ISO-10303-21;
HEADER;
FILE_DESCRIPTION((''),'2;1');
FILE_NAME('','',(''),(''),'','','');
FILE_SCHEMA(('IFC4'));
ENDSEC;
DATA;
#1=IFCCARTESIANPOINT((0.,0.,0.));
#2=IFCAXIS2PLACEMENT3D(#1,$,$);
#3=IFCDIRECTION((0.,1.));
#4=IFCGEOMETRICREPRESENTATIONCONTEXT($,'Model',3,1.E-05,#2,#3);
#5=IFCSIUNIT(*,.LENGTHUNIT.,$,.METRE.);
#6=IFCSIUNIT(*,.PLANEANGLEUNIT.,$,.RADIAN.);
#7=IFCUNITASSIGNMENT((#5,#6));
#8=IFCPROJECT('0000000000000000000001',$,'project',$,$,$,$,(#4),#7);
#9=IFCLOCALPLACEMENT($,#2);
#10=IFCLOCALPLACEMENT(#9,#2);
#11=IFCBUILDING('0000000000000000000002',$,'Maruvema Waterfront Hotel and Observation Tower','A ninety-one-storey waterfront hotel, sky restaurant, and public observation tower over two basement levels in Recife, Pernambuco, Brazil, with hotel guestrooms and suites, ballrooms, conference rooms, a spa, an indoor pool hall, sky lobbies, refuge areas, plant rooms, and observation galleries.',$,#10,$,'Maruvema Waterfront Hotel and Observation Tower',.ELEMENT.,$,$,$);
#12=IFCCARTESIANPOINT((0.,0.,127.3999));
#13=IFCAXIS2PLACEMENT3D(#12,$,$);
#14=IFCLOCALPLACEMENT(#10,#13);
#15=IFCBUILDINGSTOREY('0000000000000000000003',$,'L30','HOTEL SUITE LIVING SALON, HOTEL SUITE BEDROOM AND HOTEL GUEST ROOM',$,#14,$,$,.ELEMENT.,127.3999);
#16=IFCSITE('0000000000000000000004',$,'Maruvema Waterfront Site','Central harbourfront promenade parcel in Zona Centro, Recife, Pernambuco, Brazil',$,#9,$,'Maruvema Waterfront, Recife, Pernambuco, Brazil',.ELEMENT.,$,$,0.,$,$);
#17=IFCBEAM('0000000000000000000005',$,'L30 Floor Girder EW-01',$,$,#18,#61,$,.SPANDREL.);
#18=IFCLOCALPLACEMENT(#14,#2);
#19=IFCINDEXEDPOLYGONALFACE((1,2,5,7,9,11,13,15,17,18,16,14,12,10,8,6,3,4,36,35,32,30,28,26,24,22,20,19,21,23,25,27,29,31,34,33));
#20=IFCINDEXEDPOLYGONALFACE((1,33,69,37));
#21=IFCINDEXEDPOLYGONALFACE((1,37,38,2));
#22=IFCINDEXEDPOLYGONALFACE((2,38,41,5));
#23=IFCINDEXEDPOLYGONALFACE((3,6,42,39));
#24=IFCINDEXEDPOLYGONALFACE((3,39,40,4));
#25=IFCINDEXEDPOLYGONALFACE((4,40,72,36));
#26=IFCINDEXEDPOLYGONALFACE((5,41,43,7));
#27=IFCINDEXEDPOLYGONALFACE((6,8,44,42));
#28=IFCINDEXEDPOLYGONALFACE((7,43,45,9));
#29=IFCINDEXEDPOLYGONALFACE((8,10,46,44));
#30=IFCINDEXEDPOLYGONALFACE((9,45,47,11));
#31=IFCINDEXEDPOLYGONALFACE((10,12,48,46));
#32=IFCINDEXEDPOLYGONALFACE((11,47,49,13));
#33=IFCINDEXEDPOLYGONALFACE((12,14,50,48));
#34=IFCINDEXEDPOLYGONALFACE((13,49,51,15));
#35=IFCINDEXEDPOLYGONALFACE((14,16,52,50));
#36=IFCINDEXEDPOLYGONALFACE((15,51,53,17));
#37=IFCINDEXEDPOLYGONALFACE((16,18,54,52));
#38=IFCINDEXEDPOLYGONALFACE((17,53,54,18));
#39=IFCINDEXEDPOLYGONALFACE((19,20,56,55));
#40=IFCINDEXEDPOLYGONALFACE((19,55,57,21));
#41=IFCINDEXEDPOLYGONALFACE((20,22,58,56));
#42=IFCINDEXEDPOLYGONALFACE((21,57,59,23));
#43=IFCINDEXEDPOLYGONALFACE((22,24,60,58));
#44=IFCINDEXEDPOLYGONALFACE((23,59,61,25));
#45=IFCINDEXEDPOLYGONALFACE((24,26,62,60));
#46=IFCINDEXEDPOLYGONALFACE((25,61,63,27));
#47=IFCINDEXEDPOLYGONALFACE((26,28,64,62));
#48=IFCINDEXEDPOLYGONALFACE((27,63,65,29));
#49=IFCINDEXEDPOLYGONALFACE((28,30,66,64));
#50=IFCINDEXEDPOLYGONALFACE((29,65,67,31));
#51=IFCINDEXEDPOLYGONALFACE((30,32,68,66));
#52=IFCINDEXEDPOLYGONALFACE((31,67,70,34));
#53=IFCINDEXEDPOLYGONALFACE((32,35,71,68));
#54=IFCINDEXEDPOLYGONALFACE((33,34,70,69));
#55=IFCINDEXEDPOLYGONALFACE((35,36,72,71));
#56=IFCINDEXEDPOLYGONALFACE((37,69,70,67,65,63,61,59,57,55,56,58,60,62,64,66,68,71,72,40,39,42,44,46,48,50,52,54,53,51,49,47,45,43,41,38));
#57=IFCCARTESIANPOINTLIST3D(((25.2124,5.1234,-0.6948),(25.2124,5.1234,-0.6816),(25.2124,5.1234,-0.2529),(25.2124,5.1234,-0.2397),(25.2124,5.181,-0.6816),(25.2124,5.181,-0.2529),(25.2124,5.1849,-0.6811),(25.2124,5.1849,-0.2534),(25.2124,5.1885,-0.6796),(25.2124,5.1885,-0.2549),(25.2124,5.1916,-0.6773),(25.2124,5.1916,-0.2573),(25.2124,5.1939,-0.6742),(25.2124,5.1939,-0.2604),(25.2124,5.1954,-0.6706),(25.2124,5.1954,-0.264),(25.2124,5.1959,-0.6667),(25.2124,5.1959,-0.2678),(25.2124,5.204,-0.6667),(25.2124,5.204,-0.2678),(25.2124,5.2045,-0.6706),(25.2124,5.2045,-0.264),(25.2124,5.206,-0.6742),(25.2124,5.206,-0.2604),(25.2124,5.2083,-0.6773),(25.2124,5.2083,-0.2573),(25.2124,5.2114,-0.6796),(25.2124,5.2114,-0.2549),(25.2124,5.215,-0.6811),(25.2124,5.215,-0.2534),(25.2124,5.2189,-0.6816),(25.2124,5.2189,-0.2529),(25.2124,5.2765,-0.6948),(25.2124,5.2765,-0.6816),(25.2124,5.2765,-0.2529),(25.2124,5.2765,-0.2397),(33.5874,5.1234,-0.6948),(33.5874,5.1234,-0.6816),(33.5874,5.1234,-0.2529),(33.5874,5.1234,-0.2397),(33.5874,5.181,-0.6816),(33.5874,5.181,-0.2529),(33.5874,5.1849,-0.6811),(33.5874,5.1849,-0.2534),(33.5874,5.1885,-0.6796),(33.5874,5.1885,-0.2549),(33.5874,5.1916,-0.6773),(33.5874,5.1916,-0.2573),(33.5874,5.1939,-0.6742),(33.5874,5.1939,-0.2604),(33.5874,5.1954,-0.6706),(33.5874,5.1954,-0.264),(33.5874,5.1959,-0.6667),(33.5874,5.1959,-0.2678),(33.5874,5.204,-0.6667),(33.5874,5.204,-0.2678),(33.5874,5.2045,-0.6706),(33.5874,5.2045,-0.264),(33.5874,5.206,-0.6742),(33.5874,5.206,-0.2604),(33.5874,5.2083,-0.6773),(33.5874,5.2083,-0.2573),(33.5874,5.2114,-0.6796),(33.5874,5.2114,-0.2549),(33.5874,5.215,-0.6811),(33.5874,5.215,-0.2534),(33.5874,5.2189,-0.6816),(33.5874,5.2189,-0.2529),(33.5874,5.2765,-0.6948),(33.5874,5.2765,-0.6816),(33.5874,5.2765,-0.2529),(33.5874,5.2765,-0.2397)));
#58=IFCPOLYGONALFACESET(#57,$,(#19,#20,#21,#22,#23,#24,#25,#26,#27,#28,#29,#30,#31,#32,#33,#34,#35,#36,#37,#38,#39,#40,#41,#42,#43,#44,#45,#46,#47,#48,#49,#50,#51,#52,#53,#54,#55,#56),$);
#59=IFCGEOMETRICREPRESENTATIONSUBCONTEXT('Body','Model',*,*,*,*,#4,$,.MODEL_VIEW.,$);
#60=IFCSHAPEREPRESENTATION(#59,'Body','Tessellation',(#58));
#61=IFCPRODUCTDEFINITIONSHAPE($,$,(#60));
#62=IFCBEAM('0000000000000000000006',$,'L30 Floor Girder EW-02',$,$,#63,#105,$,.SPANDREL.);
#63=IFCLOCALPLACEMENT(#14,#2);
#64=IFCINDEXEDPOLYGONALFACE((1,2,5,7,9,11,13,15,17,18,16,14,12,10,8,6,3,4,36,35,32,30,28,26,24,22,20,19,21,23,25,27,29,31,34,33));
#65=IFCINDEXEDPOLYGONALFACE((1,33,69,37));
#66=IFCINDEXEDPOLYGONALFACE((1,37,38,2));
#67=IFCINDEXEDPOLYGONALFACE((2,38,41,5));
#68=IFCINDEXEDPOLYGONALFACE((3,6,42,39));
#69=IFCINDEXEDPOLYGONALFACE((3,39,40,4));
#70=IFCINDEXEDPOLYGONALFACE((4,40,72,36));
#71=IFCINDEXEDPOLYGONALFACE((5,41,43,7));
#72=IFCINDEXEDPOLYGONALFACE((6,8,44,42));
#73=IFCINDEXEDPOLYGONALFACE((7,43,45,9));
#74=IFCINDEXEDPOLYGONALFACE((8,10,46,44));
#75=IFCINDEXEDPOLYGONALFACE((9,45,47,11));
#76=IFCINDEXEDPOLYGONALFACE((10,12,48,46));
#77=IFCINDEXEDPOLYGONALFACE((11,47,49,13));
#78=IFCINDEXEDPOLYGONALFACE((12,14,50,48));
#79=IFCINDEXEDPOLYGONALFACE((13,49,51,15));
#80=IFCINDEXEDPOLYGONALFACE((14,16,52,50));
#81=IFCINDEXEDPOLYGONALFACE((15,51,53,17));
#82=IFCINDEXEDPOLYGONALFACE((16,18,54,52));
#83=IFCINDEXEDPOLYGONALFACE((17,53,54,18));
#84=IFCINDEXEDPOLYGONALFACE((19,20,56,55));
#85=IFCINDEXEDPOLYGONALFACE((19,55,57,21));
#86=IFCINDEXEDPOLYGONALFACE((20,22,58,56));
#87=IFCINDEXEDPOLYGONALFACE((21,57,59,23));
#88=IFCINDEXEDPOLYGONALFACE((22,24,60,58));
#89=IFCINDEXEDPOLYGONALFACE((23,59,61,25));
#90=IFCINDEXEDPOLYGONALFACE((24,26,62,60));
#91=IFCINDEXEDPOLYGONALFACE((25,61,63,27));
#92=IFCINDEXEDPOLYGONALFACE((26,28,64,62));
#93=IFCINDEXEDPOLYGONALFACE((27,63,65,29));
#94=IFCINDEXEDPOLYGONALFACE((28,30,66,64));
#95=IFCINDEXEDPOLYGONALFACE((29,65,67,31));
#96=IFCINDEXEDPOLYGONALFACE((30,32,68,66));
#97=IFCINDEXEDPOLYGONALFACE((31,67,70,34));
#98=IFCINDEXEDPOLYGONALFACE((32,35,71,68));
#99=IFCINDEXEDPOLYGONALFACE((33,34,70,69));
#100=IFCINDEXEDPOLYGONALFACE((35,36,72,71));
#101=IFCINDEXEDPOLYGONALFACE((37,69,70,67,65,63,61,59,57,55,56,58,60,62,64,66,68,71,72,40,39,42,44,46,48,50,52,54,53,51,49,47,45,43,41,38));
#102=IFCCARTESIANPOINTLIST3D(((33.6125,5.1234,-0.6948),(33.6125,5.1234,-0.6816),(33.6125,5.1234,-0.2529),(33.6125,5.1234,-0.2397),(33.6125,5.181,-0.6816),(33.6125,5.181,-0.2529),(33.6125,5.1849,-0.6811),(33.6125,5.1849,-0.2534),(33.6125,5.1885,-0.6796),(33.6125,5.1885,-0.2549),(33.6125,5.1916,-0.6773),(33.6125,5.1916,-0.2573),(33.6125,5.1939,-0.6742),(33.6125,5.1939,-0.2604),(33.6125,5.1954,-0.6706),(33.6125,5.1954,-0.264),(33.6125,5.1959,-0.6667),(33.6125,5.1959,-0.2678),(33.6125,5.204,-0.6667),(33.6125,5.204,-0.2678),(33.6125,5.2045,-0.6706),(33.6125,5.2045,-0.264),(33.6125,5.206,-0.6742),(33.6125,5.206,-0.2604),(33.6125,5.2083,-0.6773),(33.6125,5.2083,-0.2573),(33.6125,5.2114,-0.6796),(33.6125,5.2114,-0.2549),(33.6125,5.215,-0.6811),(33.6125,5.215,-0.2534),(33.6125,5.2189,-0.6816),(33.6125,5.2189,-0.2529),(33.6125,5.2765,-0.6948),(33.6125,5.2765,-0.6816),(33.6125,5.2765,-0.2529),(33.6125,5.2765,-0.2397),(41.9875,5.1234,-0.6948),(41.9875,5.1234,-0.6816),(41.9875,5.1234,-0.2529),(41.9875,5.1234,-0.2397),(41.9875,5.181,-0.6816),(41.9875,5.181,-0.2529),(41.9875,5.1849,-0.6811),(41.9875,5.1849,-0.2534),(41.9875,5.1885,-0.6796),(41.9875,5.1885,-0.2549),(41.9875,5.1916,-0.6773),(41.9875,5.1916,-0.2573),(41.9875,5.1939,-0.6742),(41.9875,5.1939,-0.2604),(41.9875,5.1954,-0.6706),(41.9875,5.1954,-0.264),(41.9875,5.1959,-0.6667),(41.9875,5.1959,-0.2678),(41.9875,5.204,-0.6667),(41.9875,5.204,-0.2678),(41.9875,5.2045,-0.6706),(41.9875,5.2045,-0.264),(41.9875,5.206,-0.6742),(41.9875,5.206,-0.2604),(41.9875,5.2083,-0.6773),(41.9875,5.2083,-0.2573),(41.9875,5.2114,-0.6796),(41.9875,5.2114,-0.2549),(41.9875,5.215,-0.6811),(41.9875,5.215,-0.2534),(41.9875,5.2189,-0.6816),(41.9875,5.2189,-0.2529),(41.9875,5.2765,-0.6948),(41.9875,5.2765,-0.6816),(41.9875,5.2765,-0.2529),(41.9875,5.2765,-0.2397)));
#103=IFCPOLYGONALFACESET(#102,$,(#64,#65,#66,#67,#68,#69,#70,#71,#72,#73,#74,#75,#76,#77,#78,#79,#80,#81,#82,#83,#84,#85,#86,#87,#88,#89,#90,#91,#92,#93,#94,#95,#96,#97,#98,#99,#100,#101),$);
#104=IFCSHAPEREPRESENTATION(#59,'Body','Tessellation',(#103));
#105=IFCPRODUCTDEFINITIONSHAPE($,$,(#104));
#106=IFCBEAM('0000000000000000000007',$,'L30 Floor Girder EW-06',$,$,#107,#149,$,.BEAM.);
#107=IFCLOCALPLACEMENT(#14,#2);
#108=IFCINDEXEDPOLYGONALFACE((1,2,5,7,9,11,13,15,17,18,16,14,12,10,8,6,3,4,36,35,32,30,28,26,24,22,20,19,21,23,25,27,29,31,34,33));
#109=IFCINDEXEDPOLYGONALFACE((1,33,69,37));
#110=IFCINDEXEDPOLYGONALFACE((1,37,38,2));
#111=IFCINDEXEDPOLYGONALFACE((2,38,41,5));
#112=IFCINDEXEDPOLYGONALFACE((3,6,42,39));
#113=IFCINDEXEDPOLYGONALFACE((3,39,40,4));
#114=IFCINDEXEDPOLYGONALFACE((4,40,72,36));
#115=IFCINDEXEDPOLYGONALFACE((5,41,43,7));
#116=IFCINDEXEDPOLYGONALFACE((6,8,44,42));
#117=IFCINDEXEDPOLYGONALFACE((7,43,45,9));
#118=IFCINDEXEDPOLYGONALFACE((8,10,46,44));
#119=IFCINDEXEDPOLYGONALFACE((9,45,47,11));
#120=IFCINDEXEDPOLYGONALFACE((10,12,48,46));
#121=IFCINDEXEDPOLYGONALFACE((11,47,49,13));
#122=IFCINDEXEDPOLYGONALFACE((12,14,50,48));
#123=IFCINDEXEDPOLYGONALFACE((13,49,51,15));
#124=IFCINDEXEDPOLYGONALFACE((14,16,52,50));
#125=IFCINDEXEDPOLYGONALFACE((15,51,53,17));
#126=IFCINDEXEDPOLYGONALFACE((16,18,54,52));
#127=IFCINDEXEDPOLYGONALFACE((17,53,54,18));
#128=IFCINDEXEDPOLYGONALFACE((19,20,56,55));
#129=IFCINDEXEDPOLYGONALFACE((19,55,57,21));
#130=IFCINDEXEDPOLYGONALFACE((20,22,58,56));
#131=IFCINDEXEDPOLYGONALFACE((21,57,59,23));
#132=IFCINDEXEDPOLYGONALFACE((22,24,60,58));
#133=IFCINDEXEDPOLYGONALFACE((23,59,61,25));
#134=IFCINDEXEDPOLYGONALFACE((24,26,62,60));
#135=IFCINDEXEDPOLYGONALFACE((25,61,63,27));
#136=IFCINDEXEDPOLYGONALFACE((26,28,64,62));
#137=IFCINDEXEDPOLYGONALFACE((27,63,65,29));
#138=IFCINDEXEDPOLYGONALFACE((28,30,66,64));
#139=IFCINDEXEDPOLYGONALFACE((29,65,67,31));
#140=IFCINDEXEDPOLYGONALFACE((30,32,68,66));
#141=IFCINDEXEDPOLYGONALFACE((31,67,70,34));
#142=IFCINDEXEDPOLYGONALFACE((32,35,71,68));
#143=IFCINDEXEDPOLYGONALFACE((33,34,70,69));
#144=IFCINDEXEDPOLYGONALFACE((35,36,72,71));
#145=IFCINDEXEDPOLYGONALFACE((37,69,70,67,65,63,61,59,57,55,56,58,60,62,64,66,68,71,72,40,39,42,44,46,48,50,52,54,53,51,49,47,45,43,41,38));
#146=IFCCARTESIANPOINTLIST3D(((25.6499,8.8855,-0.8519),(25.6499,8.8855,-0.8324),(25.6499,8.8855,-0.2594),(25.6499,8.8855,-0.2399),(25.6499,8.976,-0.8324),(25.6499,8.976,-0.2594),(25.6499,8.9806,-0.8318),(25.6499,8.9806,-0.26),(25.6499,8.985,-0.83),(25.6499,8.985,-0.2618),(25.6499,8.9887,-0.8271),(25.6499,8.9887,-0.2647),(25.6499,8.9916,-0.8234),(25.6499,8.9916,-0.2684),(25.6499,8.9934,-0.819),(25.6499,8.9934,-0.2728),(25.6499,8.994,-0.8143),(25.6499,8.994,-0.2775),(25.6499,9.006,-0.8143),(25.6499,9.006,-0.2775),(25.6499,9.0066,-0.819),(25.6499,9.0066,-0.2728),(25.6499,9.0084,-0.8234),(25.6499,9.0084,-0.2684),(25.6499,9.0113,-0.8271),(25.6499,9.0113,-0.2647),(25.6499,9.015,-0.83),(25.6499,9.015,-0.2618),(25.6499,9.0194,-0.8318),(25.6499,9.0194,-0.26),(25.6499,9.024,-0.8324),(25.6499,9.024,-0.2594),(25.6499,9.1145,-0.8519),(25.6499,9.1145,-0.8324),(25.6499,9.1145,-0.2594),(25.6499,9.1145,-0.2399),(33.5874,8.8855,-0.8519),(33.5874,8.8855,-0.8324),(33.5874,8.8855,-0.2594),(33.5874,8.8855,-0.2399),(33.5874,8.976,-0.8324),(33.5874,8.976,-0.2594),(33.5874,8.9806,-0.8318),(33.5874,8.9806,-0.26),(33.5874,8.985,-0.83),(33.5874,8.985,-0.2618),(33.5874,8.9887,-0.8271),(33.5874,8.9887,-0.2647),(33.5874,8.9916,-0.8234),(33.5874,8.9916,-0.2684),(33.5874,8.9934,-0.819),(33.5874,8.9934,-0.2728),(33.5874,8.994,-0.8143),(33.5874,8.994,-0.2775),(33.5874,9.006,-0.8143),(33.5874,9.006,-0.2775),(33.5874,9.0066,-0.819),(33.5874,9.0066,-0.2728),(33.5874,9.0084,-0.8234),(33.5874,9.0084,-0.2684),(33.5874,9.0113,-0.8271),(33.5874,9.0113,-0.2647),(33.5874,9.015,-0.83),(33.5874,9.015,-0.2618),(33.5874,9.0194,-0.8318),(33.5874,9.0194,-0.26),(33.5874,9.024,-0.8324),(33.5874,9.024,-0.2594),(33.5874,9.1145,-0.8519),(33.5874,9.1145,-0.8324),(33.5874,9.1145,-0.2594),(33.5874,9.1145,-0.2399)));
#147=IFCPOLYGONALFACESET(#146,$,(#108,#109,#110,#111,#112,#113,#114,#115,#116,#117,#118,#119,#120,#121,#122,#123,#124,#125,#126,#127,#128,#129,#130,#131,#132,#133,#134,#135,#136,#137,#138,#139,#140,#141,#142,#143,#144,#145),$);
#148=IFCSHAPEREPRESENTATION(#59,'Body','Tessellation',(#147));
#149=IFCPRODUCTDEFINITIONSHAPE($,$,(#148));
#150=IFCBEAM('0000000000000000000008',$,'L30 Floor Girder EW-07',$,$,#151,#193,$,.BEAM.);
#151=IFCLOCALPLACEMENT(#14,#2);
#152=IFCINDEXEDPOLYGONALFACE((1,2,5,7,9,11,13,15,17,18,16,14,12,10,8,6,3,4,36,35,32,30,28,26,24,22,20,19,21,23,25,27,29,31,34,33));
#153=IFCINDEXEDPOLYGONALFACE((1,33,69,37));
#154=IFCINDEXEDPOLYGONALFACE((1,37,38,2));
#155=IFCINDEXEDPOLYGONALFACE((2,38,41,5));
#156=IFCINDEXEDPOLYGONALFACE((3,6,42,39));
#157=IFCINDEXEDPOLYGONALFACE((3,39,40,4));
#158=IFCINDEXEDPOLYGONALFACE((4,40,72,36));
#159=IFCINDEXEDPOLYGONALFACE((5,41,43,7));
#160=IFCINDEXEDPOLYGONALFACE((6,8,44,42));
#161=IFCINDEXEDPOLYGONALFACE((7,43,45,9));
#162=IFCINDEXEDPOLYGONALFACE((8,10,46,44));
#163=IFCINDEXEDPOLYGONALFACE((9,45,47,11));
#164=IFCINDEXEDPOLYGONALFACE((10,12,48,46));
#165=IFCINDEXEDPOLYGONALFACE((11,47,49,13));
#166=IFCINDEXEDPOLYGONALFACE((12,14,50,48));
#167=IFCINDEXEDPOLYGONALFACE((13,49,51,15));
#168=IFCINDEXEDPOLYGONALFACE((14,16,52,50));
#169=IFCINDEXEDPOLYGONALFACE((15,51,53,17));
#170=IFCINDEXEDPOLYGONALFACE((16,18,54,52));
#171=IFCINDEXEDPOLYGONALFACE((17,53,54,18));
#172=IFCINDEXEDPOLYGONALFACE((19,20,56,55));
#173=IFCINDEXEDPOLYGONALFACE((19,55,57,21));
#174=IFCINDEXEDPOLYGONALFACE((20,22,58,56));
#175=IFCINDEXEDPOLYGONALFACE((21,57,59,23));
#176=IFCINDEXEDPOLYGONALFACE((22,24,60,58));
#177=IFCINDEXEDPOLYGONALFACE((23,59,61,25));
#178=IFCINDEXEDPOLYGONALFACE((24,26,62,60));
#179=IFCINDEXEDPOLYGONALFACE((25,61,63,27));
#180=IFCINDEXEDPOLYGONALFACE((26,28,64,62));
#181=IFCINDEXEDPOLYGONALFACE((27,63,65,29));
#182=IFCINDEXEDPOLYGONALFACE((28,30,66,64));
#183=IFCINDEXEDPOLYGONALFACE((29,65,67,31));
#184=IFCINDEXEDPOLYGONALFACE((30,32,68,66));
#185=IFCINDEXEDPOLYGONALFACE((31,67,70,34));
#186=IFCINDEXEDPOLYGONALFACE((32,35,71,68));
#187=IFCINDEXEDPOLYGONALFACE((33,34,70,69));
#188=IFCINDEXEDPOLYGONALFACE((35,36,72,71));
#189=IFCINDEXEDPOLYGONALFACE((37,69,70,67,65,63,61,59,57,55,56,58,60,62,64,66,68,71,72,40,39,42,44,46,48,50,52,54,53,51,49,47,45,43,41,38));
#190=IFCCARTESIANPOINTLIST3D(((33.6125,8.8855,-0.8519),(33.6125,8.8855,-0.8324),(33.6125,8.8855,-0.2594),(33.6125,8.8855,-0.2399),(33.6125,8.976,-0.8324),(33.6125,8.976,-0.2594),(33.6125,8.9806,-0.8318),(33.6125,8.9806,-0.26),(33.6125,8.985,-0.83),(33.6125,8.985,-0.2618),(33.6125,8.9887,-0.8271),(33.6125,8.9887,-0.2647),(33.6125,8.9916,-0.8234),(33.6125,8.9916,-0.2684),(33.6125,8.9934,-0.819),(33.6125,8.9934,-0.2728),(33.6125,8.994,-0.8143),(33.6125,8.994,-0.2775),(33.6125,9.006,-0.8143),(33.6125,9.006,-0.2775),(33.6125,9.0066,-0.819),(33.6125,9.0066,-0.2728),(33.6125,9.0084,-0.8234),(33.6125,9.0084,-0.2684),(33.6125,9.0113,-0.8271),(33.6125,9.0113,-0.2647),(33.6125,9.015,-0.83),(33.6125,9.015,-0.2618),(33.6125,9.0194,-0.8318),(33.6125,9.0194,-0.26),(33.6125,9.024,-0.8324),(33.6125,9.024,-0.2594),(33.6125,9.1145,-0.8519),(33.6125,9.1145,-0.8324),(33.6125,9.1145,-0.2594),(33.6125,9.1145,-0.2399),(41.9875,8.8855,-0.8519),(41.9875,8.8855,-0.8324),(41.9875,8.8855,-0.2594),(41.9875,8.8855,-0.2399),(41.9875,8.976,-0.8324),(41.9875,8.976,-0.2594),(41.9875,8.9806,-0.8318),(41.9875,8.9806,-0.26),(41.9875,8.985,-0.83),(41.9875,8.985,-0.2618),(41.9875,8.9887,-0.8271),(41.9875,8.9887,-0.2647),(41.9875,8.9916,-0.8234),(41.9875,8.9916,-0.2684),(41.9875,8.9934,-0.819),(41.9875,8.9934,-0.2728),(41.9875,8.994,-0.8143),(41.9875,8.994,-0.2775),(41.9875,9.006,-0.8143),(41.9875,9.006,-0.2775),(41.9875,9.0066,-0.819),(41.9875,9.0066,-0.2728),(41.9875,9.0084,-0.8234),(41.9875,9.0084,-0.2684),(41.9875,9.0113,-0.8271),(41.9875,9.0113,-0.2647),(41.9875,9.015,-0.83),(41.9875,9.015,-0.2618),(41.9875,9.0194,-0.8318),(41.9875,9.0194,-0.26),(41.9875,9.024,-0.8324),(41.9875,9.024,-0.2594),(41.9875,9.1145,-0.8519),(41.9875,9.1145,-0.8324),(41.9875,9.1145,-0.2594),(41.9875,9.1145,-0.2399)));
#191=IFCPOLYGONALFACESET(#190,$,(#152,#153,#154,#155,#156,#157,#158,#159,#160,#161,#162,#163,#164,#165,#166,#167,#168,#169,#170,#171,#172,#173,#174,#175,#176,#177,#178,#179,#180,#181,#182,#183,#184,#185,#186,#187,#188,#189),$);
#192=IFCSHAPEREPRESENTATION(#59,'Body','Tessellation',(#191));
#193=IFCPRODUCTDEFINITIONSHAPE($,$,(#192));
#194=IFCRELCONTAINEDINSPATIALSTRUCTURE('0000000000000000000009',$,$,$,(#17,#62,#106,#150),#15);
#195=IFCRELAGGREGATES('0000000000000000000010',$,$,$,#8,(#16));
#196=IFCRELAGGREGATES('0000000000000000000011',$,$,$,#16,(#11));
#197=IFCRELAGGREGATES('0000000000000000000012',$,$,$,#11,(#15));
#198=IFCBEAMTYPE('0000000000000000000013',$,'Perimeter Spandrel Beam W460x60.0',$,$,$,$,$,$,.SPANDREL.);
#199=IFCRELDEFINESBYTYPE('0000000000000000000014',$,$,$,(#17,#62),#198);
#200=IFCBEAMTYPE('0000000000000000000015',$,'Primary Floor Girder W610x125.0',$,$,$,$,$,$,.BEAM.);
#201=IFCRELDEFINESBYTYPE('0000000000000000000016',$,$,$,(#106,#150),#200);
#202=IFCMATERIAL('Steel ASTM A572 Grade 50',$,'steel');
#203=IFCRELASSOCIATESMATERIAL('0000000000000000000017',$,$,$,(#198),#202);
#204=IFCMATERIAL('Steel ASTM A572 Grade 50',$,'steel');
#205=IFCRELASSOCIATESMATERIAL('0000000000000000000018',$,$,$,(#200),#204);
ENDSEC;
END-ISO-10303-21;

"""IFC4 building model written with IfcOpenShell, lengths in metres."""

from ifc_helpers import new_model, si_unit, direction, frame, origin, origin_2d, place, context, subcontext, project, spatial, i_section, extrude, material, material_profile, profile_set, type_object, element, save


model = new_model("IFC4")

# Units and contexts
model_context = context("Model", 3, precision=1e-05, world=origin(), true_north=direction((0.0, 1.0)))
body_context = subcontext(model_context, "Body", "Model", "MODEL_VIEW")
ifc_project = project(units=[si_unit("LENGTHUNIT", "METRE"), si_unit("PLANEANGLEUNIT", "RADIAN")], contexts=[model_context])

# Site, building, storey
site_placement = place(None, origin())
site = spatial("IfcSite", under=ifc_project, at=site_placement, Name="Maruvema Waterfront Site", Description="Central harbourfront promenade parcel in Zona Centro, Recife, Pernambuco, Brazil", LongName="Maruvema Waterfront, Recife, Pernambuco, Brazil", CompositionType="ELEMENT", RefElevation=0.0)
building_placement = place(site_placement, origin())
building = spatial("IfcBuilding", under=site, at=building_placement, Name="Maruvema Waterfront Hotel and Observation Tower", Description="A ninety-one-storey waterfront hotel, sky restaurant, and public observation tower over two basement levels in Recife, Pernambuco, Brazil, with hotel guestrooms and suites, ballrooms, conference rooms, a spa, an indoor pool hall, sky lobbies, refuge areas, plant rooms, and observation galleries.", LongName="Maruvema Waterfront Hotel and Observation Tower", CompositionType="ELEMENT")
storey_placement = place(building_placement, frame((0.0, 0.0, 127.3999)))
storey = spatial("IfcBuildingStorey", under=building, at=storey_placement, Name="L30", Description="HOTEL SUITE LIVING SALON, HOTEL SUITE BEDROOM AND HOTEL GUEST ROOM", CompositionType="ELEMENT", Elevation=127.3999)

# Beams
ifc_material_1 = material(Name="Steel ASTM A572 Grade 50", Category="steel")
ifc_material_profile_1 = material_profile(ifc_material_1, i_section(OverallWidth=0.1531, OverallDepth=0.4551, WebThickness=0.0081, FlangeThickness=0.0132, FilletRadius=0.0149, at=origin_2d()), Name="W460x60.0")
ifc_profile_set_1 = profile_set([ifc_material_profile_1], Name="Steel ASTM A572 Grade 50")
beam_type_1 = type_object("IfcBeamType", Name="Perimeter Spandrel Beam W460x60.0", PredefinedType="SPANDREL", material=ifc_profile_set_1)
for number, where, z_axis, x_axis, name in (
    (1, (25.2124, 5.2, -0.4673), (1.0, 0.0, 0.0), (0.0, 1.0, 0.0), "L30 Floor Girder EW-01"),
    (2, (33.6125, 5.2, -0.4673), (1.0, 0.0, 0.0), (0.0, 1.0, 0.0), "L30 Floor Girder EW-02"),
):
    element("IfcBeam", number, at=place(storey_placement, frame(where, z_axis=z_axis, x_axis=x_axis)), inside=storey, type_object=beam_type_1, Name=name, PredefinedType="SPANDREL", context=body_context, shape_type="SweptSolid", body=[
        extrude(i_section(OverallWidth=0.1531, OverallDepth=0.4551, WebThickness=0.0081, FlangeThickness=0.0132, FilletRadius=0.0149, at=origin_2d()), origin(), (0.0, 0.0, 1.0), 8.375),
    ])
ifc_material_2 = material(Name="Steel ASTM A572 Grade 50", Category="steel")
ifc_material_profile_2 = material_profile(ifc_material_2, i_section(OverallWidth=0.229, OverallDepth=0.6121, WebThickness=0.012, FlangeThickness=0.0195, FilletRadius=0.0181, at=origin_2d()), Name="W610x125.0")
ifc_profile_set_2 = profile_set([ifc_material_profile_2], Name="Steel ASTM A572 Grade 50")
beam_type_2 = type_object("IfcBeamType", Name="Primary Floor Girder W610x125.0", PredefinedType="BEAM", material=ifc_profile_set_2)
beam_1_placement = place(storey_placement, frame((25.6499, 9.0, -0.5459), z_axis=(1.0, 0.0, 0.0), x_axis=(0.0, 1.0, 0.0)))
element("IfcBeam", 3, at=beam_1_placement, inside=storey, type_object=beam_type_2, Name="L30 Floor Girder EW-06", PredefinedType="BEAM", context=body_context, shape_type="SweptSolid", body=[
    extrude(i_section(OverallWidth=0.229, OverallDepth=0.6121, WebThickness=0.012, FlangeThickness=0.0195, FilletRadius=0.0181, at=origin_2d()), origin(), (0.0, 0.0, 1.0), 7.9375),
])
beam_2_placement = place(storey_placement, frame((33.6125, 9.0, -0.5459), z_axis=(1.0, 0.0, 0.0), x_axis=(0.0, 1.0, 0.0)))
element("IfcBeam", 4, at=beam_2_placement, inside=storey, type_object=beam_type_2, Name="L30 Floor Girder EW-07", PredefinedType="BEAM", context=body_context, shape_type="SweptSolid", body=[
    extrude(i_section(OverallWidth=0.229, OverallDepth=0.6121, WebThickness=0.012, FlangeThickness=0.0195, FilletRadius=0.0181, at=origin_2d()), origin(), (0.0, 0.0, 1.0), 8.375),
])

save(model, "model.ifc")
